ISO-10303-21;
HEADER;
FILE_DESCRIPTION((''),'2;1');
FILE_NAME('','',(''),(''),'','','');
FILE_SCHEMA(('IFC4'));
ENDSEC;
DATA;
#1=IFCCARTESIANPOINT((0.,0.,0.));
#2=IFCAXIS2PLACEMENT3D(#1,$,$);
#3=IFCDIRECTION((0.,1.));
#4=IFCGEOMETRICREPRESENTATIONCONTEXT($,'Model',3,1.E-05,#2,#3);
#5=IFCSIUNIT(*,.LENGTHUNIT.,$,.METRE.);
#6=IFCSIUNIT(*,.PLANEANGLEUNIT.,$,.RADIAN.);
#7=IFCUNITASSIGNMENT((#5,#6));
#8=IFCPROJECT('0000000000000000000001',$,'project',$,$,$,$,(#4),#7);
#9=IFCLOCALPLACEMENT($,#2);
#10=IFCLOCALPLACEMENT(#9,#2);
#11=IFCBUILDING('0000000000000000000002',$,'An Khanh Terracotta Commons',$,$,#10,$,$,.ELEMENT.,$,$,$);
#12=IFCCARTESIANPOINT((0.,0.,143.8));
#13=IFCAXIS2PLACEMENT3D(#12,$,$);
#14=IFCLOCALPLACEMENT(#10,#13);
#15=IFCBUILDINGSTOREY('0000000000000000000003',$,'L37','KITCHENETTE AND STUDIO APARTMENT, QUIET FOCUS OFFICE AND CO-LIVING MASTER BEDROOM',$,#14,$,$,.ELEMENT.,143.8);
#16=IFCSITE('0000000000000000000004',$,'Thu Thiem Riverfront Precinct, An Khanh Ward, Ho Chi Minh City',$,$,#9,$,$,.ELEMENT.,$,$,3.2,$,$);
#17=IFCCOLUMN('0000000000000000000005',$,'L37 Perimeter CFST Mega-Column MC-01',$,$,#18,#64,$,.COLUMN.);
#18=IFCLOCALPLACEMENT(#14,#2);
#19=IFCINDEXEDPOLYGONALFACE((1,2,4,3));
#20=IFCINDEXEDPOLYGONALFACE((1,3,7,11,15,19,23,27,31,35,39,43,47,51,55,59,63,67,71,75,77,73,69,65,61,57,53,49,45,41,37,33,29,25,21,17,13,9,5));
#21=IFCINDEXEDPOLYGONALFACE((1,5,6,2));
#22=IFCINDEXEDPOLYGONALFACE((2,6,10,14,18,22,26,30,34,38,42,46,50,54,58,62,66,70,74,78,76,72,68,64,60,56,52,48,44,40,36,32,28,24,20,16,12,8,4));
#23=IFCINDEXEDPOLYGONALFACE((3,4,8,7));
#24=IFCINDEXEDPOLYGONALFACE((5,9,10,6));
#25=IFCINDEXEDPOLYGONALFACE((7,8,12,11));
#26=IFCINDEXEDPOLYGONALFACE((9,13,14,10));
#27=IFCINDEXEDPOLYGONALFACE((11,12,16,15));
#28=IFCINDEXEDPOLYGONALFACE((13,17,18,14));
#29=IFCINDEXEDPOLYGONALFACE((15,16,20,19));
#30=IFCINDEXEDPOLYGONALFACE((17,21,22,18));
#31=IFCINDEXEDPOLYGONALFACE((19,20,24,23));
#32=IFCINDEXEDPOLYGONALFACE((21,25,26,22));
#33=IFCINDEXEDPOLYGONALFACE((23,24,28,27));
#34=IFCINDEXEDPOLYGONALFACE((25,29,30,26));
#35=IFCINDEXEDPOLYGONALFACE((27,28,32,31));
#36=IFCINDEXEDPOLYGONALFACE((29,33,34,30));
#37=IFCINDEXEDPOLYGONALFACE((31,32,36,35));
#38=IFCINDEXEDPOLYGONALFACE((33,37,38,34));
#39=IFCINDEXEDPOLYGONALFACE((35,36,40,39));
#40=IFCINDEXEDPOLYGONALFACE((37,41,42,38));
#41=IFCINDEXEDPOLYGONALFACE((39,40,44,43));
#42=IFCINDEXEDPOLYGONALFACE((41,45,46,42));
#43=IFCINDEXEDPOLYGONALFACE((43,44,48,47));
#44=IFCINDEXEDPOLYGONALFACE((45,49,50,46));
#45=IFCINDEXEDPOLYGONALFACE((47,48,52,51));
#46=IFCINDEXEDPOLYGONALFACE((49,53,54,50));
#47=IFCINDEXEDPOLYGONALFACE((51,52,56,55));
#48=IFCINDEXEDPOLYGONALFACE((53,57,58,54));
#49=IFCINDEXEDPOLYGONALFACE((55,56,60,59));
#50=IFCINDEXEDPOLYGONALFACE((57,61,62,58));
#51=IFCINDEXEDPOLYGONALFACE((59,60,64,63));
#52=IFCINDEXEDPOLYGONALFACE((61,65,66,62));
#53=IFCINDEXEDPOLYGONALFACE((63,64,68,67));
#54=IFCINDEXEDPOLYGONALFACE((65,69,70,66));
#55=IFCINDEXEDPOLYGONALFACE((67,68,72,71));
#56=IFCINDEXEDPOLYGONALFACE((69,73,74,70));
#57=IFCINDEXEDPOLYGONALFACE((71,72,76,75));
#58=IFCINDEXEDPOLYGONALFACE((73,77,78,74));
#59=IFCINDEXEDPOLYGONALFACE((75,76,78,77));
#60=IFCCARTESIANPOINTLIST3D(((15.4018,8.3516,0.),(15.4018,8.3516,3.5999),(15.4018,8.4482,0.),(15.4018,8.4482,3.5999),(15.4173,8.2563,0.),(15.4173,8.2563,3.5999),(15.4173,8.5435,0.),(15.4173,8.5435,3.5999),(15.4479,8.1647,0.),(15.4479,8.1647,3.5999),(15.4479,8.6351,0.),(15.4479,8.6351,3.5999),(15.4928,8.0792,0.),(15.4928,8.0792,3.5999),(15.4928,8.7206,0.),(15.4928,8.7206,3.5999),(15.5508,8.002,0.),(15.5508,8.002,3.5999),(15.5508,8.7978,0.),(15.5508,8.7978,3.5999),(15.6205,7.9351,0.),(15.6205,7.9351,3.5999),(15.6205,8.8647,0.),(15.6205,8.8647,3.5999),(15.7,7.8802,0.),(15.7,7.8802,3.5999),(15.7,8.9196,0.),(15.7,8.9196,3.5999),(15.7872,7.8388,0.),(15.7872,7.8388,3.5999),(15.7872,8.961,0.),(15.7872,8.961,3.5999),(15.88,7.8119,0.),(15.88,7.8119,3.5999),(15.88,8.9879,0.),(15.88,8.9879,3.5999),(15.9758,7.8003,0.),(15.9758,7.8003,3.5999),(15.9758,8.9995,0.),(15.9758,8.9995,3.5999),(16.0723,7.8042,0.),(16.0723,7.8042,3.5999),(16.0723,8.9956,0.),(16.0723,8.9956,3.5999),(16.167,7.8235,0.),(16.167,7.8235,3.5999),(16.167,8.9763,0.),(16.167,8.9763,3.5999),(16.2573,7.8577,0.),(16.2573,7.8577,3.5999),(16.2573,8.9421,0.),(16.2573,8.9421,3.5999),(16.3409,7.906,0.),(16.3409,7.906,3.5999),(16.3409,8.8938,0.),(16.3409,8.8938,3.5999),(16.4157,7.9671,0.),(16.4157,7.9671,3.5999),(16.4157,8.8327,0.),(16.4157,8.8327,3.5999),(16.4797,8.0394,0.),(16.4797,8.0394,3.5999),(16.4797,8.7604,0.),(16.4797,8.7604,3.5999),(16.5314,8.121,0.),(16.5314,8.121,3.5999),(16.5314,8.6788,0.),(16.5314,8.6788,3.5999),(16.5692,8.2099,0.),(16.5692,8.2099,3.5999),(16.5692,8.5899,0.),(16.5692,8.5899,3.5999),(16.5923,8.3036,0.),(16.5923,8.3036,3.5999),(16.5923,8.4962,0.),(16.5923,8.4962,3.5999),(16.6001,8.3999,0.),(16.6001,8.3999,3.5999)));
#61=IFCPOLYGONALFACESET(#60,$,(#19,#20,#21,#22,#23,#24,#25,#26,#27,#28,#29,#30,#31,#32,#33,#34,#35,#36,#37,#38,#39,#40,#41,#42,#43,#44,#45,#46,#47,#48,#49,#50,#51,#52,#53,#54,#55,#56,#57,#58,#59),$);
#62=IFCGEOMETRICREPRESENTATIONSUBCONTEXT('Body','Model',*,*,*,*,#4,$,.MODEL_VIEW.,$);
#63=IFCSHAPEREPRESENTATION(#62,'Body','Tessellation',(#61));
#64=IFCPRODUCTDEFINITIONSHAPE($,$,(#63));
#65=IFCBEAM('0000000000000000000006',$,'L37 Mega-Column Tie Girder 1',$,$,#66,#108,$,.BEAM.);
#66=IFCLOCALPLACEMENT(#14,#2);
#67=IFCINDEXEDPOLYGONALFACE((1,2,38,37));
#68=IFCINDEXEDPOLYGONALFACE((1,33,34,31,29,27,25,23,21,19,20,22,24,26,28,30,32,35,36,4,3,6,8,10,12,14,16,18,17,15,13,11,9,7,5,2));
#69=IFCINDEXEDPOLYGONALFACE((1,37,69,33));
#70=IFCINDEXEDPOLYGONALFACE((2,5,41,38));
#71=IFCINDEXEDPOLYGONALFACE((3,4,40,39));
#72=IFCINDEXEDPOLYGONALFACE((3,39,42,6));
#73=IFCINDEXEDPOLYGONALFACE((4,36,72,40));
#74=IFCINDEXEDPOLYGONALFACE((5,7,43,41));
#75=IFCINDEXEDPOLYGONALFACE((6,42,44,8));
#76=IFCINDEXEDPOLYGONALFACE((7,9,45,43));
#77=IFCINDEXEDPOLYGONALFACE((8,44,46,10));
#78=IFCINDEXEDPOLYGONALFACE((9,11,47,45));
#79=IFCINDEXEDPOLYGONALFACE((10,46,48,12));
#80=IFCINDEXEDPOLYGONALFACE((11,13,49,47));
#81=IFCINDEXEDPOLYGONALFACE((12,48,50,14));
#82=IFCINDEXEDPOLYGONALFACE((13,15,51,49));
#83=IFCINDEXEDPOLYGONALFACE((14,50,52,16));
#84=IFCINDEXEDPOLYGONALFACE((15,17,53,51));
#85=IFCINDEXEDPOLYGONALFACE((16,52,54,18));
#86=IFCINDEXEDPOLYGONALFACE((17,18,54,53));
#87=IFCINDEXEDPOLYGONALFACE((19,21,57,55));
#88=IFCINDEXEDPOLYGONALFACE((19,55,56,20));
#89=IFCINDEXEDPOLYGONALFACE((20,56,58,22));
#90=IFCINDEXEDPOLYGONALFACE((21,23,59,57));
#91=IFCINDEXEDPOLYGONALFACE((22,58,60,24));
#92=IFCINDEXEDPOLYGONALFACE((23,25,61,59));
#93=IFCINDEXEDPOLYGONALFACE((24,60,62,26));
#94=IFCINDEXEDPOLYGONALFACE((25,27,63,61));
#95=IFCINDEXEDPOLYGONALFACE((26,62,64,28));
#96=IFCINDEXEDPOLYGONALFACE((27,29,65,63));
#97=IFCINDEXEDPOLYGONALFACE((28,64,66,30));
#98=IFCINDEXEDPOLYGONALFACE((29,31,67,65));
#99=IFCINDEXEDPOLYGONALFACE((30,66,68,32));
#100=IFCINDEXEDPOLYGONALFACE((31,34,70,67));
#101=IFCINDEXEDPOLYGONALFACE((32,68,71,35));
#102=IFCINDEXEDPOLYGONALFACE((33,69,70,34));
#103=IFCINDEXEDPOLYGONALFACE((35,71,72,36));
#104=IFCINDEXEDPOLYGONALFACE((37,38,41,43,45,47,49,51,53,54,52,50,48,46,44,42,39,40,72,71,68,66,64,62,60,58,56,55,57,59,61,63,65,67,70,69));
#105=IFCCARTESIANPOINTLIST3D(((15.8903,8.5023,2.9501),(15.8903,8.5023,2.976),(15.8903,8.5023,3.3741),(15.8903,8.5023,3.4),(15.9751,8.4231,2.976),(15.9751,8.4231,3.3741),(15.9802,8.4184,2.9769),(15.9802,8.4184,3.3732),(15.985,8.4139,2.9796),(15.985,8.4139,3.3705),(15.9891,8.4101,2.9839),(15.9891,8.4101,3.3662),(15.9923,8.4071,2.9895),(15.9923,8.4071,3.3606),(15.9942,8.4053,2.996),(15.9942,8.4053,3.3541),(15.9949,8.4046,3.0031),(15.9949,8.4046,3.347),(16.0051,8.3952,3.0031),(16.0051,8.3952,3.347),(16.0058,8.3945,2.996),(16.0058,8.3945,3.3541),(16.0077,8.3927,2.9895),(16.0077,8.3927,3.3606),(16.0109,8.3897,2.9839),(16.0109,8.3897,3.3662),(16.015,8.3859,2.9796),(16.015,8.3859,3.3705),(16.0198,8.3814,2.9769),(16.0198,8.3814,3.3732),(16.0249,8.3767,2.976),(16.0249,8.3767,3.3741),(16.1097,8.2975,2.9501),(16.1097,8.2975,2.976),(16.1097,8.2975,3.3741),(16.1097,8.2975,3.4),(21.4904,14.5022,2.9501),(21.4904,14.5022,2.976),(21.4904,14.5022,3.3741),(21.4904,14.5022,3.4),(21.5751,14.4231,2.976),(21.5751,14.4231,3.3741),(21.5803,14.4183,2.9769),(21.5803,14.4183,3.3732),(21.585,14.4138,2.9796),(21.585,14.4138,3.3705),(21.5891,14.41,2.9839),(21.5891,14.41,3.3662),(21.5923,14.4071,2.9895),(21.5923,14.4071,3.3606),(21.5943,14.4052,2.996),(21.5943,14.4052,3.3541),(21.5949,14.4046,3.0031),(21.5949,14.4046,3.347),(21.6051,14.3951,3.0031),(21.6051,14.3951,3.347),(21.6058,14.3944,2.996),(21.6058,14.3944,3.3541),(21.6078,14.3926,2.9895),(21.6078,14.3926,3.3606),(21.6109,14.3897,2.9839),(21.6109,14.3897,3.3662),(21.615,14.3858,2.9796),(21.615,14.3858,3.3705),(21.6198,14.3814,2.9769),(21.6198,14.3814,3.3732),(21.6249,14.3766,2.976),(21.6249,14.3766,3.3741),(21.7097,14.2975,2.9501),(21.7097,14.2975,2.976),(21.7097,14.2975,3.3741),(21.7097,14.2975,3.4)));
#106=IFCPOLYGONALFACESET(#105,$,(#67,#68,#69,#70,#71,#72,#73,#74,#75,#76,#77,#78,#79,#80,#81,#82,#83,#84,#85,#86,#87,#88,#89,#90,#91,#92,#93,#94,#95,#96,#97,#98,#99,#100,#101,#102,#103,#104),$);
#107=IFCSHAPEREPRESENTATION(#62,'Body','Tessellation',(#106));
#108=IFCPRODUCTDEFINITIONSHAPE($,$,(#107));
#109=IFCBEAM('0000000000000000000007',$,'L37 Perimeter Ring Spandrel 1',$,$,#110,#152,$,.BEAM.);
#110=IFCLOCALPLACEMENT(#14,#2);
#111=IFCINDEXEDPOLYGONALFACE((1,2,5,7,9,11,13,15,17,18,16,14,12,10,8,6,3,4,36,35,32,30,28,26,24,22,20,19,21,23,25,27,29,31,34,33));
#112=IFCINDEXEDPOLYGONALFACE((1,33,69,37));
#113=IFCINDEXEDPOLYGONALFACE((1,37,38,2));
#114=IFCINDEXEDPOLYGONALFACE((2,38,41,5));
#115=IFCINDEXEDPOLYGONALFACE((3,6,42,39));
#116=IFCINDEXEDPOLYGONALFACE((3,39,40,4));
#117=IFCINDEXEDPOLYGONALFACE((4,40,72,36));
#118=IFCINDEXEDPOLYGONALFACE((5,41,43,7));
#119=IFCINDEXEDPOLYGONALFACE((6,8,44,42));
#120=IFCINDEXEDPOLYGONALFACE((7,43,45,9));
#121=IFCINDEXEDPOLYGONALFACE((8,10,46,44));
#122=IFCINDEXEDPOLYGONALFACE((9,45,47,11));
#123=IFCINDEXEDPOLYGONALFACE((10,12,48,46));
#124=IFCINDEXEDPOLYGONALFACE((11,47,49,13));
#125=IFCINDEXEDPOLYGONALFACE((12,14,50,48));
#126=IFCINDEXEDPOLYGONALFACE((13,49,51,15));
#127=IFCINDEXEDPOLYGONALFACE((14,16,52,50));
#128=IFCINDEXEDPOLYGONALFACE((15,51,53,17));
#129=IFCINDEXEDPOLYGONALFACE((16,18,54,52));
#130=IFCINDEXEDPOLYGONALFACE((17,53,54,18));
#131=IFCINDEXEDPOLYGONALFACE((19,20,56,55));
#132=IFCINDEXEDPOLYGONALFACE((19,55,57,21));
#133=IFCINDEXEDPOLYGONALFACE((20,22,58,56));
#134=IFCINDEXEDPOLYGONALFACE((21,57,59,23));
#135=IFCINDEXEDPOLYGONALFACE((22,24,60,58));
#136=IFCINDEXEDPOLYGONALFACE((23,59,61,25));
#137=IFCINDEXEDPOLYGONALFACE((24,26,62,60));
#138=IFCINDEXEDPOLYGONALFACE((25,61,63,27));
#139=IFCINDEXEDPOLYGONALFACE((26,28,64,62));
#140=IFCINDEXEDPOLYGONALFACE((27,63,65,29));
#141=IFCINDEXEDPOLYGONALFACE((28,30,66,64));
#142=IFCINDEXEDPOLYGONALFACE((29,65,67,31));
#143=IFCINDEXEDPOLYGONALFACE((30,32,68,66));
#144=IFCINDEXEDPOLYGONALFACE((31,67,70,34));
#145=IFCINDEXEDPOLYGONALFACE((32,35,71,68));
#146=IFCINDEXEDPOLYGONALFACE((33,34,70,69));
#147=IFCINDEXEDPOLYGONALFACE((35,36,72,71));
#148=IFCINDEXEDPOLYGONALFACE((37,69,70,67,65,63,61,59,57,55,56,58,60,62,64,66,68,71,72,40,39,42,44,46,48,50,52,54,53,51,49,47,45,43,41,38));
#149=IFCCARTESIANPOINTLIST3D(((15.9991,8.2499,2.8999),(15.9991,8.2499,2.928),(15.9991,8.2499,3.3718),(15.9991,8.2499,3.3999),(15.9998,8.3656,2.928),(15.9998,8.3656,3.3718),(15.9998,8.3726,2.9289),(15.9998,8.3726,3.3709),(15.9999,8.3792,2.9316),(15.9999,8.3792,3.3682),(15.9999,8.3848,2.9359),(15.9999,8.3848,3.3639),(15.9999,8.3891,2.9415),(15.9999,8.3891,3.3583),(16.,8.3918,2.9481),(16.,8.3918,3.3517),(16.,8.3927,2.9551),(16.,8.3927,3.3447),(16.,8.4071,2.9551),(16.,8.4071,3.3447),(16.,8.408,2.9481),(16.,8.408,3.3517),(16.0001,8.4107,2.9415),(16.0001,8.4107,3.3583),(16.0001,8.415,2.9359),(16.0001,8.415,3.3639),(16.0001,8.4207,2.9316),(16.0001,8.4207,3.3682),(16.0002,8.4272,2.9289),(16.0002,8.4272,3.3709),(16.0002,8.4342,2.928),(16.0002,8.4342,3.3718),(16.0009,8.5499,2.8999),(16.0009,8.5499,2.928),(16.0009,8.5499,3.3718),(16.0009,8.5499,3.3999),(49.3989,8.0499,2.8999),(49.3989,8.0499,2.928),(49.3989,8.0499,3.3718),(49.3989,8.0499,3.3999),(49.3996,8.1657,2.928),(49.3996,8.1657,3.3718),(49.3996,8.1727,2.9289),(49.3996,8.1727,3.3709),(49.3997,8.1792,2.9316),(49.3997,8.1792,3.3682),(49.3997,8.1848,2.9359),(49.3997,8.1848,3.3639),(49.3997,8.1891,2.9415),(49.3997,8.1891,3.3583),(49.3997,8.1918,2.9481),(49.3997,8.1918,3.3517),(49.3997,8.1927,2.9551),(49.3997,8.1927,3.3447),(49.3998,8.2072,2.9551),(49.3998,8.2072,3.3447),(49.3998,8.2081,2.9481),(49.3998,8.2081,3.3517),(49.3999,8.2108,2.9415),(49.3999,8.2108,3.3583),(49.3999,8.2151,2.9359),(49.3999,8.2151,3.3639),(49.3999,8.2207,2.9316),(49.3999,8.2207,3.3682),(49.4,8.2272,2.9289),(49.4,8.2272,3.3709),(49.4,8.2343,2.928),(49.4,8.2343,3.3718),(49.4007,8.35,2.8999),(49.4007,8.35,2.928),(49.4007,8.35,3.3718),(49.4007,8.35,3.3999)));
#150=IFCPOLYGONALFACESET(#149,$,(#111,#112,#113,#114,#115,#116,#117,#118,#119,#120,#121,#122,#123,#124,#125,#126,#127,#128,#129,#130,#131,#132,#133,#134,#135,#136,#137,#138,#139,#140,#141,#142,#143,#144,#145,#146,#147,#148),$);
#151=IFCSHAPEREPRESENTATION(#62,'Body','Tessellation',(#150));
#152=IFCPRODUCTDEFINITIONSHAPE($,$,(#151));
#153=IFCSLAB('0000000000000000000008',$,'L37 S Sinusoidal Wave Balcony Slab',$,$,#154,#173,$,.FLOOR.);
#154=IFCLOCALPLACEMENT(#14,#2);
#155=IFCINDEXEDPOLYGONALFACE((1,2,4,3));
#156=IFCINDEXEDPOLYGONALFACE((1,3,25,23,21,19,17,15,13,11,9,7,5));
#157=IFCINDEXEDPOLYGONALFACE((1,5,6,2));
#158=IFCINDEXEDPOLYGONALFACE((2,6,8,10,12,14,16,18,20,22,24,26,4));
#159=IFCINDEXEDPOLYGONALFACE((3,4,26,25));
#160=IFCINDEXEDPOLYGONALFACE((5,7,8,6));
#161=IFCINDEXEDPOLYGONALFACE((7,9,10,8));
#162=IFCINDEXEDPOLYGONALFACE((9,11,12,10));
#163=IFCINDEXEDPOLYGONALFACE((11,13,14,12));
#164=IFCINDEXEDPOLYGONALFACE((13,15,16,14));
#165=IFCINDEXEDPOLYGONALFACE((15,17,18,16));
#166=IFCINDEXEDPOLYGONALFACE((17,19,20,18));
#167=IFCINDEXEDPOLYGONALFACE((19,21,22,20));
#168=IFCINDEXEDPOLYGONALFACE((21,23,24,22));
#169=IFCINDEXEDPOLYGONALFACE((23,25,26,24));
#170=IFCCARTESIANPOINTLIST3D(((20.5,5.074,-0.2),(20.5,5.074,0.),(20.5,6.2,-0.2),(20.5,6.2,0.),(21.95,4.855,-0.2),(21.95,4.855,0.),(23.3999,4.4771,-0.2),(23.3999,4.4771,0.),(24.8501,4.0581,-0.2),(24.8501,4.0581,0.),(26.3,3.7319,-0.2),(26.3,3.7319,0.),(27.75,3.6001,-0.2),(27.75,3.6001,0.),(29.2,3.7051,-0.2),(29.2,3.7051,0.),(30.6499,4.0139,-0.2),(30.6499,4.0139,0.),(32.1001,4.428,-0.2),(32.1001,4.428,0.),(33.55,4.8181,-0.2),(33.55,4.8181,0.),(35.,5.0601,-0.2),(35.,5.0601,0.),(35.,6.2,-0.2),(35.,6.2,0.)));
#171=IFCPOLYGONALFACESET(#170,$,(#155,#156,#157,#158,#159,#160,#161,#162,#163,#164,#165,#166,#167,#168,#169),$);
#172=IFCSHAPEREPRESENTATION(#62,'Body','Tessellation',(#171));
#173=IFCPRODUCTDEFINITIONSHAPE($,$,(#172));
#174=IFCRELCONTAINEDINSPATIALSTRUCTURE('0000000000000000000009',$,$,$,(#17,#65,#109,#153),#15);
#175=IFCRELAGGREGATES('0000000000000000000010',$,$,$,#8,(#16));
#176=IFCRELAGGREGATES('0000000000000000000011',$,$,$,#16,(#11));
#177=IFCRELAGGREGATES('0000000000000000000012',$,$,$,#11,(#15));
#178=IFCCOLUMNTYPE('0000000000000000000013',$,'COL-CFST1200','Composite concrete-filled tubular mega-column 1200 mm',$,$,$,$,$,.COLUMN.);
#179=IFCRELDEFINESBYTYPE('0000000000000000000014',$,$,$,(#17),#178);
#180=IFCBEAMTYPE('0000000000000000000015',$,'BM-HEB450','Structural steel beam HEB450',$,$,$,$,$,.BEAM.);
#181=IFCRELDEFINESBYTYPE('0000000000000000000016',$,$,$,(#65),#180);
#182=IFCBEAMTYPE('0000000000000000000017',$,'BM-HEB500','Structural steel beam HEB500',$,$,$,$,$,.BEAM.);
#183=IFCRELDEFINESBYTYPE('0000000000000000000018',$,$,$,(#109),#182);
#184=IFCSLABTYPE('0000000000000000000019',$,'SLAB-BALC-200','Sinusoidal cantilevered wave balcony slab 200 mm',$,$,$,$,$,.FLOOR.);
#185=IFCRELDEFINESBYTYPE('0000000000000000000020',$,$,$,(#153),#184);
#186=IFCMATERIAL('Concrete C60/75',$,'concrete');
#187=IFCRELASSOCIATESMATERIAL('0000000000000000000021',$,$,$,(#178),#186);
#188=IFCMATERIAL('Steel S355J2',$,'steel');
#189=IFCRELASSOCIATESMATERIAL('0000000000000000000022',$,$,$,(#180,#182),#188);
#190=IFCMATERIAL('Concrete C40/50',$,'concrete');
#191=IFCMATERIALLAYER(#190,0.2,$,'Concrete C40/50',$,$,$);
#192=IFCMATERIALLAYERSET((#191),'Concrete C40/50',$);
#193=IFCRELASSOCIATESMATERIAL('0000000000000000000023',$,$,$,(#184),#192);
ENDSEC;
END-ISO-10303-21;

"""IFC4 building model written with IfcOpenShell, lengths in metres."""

from ifc_helpers import new_model, si_unit, direction, frame, origin, origin_2d, place, context, subcontext, project, spatial, polyline, circle, i_section, outline, extrude, material, layer, layer_set, material_profile, profile_set, type_object, element, save


model = new_model("IFC4")

# Units and contexts
model_context = context("Model", 3, precision=1e-05, world=origin(), true_north=direction((0.0, 1.0)))
body_context = subcontext(model_context, "Body", "Model", "MODEL_VIEW")
ifc_project = project(units=[si_unit("LENGTHUNIT", "METRE"), si_unit("PLANEANGLEUNIT", "RADIAN")], contexts=[model_context])

# Site, building, storey
site_placement = place(None, origin())
site = spatial("IfcSite", under=ifc_project, at=site_placement, Name="Thu Thiem Riverfront Precinct, An Khanh Ward, Ho Chi Minh City", CompositionType="ELEMENT", RefElevation=3.2)
building_placement = place(site_placement, origin())
building = spatial("IfcBuilding", under=site, at=building_placement, Name="An Khanh Terracotta Commons", CompositionType="ELEMENT")
storey_placement = place(building_placement, frame((0.0, 0.0, 143.8)))
storey = spatial("IfcBuildingStorey", under=building, at=storey_placement, Name="L37", Description="KITCHENETTE AND STUDIO APARTMENT, QUIET FOCUS OFFICE AND CO-LIVING MASTER BEDROOM", CompositionType="ELEMENT", Elevation=143.8)

# Column
ifc_material_1 = material(Name="Concrete C60/75", Category="concrete")
ifc_material_profile_1 = material_profile(ifc_material_1, circle(Radius=0.6001, at=origin_2d()), Name="CFST1200")
ifc_profile_set_1 = profile_set([ifc_material_profile_1], Name="Concrete C60/75")
column_type = type_object("IfcColumnType", Name="COL-CFST1200", Description="Composite concrete-filled tubular mega-column 1200 mm", PredefinedType="COLUMN", material=ifc_profile_set_1)
column_placement = place(storey_placement, frame((16.0, 8.3999, 0.0), z_axis=(0.0, 0.0, 1.0), x_axis=(1.0, 0.0, 0.0)))
element("IfcColumn", 1, at=column_placement, inside=storey, type_object=column_type, Name="L37 Perimeter CFST Mega-Column MC-01", PredefinedType="COLUMN", context=body_context, shape_type="SweptSolid", body=[
    extrude(circle(Radius=0.6001, at=origin_2d()), origin(), (0.0, 0.0, 1.0), 3.5999),
])

# Beams
ifc_material_2 = material(Name="Steel S355J2", Category="steel")
ifc_material_profile_2 = material_profile(ifc_material_2, i_section(OverallWidth=0.3, OverallDepth=0.45, WebThickness=0.0139, FlangeThickness=0.0259, FilletRadius=0.0271, at=origin_2d()), Name="HEB450")
ifc_profile_set_2 = profile_set([ifc_material_profile_2], Name="Steel S355J2")
beam_type_1 = type_object("IfcBeamType", Name="BM-HEB450", Description="Structural steel beam HEB450", PredefinedType="BEAM", material=ifc_profile_set_2)
beam_1_placement = place(storey_placement, frame((16.0, 8.3999, 3.175), z_axis=(0.682325, 0.731049, 0.0), x_axis=(-0.731049, 0.682325, 0.0)))
element("IfcBeam", 2, at=beam_1_placement, inside=storey, type_object=beam_type_1, Name="L37 Mega-Column Tie Girder 1", PredefinedType="BEAM", context=body_context, shape_type="SweptSolid", body=[
    extrude(i_section(OverallWidth=0.3, OverallDepth=0.45, WebThickness=0.0139, FlangeThickness=0.0259, FilletRadius=0.0271, at=origin_2d()), origin(), (0.0, 0.0, 1.0), 8.2073),
])
ifc_material_profile_3 = material_profile(ifc_material_2, i_section(OverallWidth=0.3, OverallDepth=0.5, WebThickness=0.0144, FlangeThickness=0.0281, FilletRadius=0.0271, at=origin_2d()), Name="HEB500")
ifc_profile_set_3 = profile_set([ifc_material_profile_3], Name="Steel S355J2")
beam_type_2 = type_object("IfcBeamType", Name="BM-HEB500", Description="Structural steel beam HEB500", PredefinedType="BEAM", material=ifc_profile_set_3)
beam_2_placement = place(storey_placement, frame((16.0, 8.3999, 3.1499), z_axis=(0.999982, -0.005986, 0.0), x_axis=(0.005986, 0.999982, 0.0)))
element("IfcBeam", 3, at=beam_2_placement, inside=storey, type_object=beam_type_2, Name="L37 Perimeter Ring Spandrel 1", PredefinedType="BEAM", context=body_context, shape_type="SweptSolid", body=[
    extrude(i_section(OverallWidth=0.3, OverallDepth=0.5, WebThickness=0.0144, FlangeThickness=0.0281, FilletRadius=0.0271, at=origin_2d()), origin(), (0.0, 0.0, 1.0), 33.4004),
])

# Slab
ifc_material_3 = material(Name="Concrete C40/50", Category="concrete")
ifc_layer_1 = layer(ifc_material_3, 0.2, Name="Concrete C40/50")
ifc_layer_set_1 = layer_set([ifc_layer_1], Name="Concrete C40/50")
slab_type_1 = type_object("IfcSlabType", Name="SLAB-BALC-200", Description="Sinusoidal cantilevered wave balcony slab 200 mm", PredefinedType="FLOOR", material=ifc_layer_set_1)
slab_1_placement = place(storey_placement, frame((0.0, 0.0, -0.2)))
element("IfcSlab", 4, at=slab_1_placement, inside=storey, type_object=slab_type_1, Name="L37 S Sinusoidal Wave Balcony Slab", PredefinedType="FLOOR", context=body_context, shape_type="SweptSolid", body=[
    extrude(outline(polyline([(20.5, 6.2), (20.5, 5.074), (21.95, 4.855), (23.3999, 4.4771), (24.8501, 4.0581), (26.3, 3.7319), (27.75, 3.6001), (29.2, 3.7051), (30.6499, 4.0139), (32.1001, 4.428), (33.55, 4.8181), (35.0, 5.0601), (35.0, 6.2), (20.5, 6.2)])), origin(), (0.0, 0.0, 1.0), 0.2),
])

save(model, "model.ifc")
